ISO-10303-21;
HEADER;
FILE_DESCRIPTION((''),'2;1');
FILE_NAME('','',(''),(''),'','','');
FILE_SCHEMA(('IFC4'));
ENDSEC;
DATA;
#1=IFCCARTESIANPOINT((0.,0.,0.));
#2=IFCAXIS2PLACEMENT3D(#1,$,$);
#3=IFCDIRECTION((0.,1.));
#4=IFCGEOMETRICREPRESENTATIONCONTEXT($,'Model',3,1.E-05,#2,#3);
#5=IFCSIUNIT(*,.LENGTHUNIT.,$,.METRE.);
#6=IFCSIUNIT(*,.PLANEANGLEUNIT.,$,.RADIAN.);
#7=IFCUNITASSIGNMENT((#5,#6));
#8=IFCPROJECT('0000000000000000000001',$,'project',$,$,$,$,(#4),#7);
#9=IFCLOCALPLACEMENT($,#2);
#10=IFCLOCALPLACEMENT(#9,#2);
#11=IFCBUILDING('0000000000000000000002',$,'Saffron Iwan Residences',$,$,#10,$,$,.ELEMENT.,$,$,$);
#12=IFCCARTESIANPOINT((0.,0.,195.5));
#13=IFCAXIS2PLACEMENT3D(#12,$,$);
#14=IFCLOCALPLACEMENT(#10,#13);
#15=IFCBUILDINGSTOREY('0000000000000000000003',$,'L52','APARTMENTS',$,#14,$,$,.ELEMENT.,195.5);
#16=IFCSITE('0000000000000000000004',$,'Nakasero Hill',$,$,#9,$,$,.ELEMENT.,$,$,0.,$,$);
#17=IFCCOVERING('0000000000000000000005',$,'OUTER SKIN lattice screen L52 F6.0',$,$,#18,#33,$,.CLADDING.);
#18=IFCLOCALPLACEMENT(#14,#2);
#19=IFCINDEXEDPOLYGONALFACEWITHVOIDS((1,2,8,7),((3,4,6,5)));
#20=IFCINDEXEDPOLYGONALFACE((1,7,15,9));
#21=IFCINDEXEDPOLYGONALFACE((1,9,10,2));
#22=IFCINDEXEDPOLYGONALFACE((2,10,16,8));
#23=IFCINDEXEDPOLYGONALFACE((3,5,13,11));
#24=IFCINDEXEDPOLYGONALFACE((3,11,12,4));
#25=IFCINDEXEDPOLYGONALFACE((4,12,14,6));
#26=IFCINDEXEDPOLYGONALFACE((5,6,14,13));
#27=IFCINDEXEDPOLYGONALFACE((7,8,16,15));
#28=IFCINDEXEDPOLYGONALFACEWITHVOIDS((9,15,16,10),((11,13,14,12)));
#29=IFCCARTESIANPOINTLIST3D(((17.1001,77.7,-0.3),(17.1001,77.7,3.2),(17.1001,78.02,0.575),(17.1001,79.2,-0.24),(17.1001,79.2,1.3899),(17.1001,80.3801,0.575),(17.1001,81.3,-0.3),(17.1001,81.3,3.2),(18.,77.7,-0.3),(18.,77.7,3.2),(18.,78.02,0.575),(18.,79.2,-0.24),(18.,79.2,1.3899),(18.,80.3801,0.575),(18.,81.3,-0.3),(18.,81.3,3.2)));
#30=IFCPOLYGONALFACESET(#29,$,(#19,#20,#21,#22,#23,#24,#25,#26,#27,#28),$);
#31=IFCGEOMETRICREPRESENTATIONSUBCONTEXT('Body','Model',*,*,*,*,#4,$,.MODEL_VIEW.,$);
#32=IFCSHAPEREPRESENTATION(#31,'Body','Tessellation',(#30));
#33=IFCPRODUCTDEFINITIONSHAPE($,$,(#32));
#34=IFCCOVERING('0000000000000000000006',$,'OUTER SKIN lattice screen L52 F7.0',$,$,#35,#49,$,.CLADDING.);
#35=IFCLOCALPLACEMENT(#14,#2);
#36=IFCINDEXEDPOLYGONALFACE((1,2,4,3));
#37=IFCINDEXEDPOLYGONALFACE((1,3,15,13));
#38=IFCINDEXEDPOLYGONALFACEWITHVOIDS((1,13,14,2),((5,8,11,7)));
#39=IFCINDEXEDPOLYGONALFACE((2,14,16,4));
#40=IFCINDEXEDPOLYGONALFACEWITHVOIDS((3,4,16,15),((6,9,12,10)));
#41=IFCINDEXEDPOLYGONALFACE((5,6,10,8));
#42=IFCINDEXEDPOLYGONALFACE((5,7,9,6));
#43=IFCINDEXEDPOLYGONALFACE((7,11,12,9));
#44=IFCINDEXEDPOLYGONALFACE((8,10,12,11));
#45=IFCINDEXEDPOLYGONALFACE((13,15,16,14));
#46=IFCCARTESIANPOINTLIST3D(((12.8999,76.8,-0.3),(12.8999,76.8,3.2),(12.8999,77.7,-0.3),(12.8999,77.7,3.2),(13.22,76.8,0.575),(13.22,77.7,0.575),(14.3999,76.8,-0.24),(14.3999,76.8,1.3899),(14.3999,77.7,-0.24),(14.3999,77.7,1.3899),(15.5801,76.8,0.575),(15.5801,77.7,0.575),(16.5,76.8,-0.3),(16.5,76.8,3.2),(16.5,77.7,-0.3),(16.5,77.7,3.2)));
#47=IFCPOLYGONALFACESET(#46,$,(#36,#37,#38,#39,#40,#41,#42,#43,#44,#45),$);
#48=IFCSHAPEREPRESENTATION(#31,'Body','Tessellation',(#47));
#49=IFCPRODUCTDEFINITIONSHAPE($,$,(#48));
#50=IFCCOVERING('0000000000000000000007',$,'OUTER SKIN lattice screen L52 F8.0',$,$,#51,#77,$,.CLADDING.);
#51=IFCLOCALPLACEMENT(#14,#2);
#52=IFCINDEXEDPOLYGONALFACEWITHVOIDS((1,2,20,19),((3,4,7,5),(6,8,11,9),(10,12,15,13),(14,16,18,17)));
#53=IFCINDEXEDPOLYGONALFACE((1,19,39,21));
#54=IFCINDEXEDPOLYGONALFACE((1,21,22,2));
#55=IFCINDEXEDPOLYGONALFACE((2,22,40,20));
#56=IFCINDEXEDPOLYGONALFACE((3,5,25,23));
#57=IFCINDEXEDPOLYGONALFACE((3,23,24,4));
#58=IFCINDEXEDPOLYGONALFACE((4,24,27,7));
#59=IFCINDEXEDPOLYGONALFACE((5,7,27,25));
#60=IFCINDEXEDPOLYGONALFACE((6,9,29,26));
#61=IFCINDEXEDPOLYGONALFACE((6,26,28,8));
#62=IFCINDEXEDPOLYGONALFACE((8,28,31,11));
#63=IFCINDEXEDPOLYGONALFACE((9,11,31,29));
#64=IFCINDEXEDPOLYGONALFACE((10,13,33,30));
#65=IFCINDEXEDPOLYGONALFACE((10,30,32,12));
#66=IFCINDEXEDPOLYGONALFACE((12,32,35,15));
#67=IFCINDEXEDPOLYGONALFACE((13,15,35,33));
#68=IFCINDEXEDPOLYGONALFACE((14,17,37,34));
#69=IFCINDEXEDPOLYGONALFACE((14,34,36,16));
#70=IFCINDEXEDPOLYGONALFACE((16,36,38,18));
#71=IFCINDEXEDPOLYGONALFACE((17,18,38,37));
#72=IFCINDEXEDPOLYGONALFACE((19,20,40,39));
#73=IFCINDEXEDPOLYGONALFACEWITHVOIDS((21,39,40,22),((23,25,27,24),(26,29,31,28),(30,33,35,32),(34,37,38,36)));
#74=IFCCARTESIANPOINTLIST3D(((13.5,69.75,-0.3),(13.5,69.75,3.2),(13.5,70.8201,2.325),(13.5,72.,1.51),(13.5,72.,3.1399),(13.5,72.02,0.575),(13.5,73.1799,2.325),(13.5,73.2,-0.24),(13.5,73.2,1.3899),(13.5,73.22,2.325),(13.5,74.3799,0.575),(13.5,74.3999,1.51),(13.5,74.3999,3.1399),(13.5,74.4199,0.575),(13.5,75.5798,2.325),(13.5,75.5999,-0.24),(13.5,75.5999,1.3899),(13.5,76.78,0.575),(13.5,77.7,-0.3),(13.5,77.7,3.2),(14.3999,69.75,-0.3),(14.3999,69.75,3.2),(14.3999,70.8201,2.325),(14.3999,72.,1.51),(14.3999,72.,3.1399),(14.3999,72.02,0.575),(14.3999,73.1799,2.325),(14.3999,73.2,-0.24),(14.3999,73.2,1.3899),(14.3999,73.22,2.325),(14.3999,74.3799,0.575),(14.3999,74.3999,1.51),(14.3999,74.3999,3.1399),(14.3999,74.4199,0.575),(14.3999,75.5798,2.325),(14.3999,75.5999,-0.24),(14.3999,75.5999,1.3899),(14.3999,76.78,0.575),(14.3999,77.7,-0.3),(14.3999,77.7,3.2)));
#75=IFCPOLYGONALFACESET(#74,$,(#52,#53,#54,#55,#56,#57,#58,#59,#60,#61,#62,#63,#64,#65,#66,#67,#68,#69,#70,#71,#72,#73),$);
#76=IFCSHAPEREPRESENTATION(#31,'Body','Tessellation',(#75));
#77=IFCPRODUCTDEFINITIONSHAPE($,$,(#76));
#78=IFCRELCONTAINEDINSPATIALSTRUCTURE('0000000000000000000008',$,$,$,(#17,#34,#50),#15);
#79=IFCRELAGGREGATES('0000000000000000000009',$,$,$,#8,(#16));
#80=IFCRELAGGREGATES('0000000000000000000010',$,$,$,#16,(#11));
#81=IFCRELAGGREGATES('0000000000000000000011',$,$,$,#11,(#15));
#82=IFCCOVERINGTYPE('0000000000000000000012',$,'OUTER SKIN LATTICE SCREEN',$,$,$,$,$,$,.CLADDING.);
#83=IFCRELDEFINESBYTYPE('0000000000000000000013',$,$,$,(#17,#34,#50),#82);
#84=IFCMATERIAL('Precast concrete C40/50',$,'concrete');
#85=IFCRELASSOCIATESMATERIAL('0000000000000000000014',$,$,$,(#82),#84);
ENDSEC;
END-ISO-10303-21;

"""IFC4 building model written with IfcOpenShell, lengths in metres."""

from ifc_helpers import new_model, si_unit, direction, frame, origin, place, context, subcontext, project, spatial, polyline, outline, extrude, material, type_object, element, save


model = new_model("IFC4")

# Units and contexts
model_context = context("Model", 3, precision=1e-05, world=origin(), true_north=direction((0.0, 1.0)))
body_context = subcontext(model_context, "Body", "Model", "MODEL_VIEW")
ifc_project = project(units=[si_unit("LENGTHUNIT", "METRE"), si_unit("PLANEANGLEUNIT", "RADIAN")], contexts=[model_context])

# Site, building, storey
site_placement = place(None, origin())
site = spatial("IfcSite", under=ifc_project, at=site_placement, Name="Nakasero Hill", CompositionType="ELEMENT", RefElevation=0.0)
building_placement = place(site_placement, origin())
building = spatial("IfcBuilding", under=site, at=building_placement, Name="Saffron Iwan Residences", CompositionType="ELEMENT")
storey_placement = place(building_placement, frame((0.0, 0.0, 195.5)))
storey = spatial("IfcBuildingStorey", under=building, at=storey_placement, Name="L52", Description="APARTMENTS", CompositionType="ELEMENT", Elevation=195.5)

# Coverings
ifc_material_1 = material(Name="Precast concrete C40/50", Category="concrete")
covering_type = type_object("IfcCoveringType", Name="OUTER SKIN LATTICE SCREEN", PredefinedType="CLADDING", material=ifc_material_1)
for number, where, z_axis, x_axis, name in (
    (1, (18.0, 81.3, -0.3), (-1.0, 0.0, 0.0), (0.0, -1.0, 0.0), "OUTER SKIN lattice screen L52 F6.0"),
    (2, (16.5, 76.8, -0.3), (0.0, 1.0, 0.0), (-1.0, 0.0, 0.0), "OUTER SKIN lattice screen L52 F7.0"),
):
    element("IfcCovering", number, at=place(storey_placement, frame(where, z_axis=z_axis, x_axis=x_axis)), inside=storey, type_object=covering_type, Name=name, PredefinedType="CLADDING", context=body_context, shape_type="SweptSolid", body=[
        extrude(outline(polyline([(0.0, 0.0), (3.6001, 0.0), (3.6001, 3.5), (0.0, 3.5), (0.0, 0.0)]), holes=[polyline([(0.9199, 0.875), (2.1001, 0.0601), (3.28, 0.875), (2.1001, 1.6899), (0.9199, 0.875)])]), origin(), (0.0, 0.0, 1.0), 0.8999),
    ])
covering_1_placement = place(storey_placement, frame((14.3999, 77.7, -0.3), z_axis=(-1.0, 0.0, 0.0), x_axis=(0.0, -1.0, 0.0)))
element("IfcCovering", 3, at=covering_1_placement, inside=storey, type_object=covering_type, Name="OUTER SKIN lattice screen L52 F8.0", PredefinedType="CLADDING", context=body_context, shape_type="SweptSolid", body=[
    extrude(outline(polyline([(0.0, 0.0), (7.95, 0.0), (7.95, 3.5), (0.0, 3.5), (0.0, 0.0)]), holes=[polyline([(0.9199, 0.875), (2.1001, 0.0601), (3.28, 0.875), (2.1001, 1.6899), (0.9199, 0.875)]), polyline([(3.3201, 0.875), (4.5, 0.0601), (5.6799, 0.875), (4.5, 1.6899), (3.3201, 0.875)]), polyline([(2.1201, 2.625), (3.3, 1.8101), (4.48, 2.625), (3.3, 3.4399), (2.1201, 2.625)]), polyline([(4.52, 2.625), (5.7, 1.8101), (6.8799, 2.625), (5.7, 3.4399), (4.52, 2.625)])]), origin(), (0.0, 0.0, 1.0), 0.8999),
])

save(model, "model.ifc")
